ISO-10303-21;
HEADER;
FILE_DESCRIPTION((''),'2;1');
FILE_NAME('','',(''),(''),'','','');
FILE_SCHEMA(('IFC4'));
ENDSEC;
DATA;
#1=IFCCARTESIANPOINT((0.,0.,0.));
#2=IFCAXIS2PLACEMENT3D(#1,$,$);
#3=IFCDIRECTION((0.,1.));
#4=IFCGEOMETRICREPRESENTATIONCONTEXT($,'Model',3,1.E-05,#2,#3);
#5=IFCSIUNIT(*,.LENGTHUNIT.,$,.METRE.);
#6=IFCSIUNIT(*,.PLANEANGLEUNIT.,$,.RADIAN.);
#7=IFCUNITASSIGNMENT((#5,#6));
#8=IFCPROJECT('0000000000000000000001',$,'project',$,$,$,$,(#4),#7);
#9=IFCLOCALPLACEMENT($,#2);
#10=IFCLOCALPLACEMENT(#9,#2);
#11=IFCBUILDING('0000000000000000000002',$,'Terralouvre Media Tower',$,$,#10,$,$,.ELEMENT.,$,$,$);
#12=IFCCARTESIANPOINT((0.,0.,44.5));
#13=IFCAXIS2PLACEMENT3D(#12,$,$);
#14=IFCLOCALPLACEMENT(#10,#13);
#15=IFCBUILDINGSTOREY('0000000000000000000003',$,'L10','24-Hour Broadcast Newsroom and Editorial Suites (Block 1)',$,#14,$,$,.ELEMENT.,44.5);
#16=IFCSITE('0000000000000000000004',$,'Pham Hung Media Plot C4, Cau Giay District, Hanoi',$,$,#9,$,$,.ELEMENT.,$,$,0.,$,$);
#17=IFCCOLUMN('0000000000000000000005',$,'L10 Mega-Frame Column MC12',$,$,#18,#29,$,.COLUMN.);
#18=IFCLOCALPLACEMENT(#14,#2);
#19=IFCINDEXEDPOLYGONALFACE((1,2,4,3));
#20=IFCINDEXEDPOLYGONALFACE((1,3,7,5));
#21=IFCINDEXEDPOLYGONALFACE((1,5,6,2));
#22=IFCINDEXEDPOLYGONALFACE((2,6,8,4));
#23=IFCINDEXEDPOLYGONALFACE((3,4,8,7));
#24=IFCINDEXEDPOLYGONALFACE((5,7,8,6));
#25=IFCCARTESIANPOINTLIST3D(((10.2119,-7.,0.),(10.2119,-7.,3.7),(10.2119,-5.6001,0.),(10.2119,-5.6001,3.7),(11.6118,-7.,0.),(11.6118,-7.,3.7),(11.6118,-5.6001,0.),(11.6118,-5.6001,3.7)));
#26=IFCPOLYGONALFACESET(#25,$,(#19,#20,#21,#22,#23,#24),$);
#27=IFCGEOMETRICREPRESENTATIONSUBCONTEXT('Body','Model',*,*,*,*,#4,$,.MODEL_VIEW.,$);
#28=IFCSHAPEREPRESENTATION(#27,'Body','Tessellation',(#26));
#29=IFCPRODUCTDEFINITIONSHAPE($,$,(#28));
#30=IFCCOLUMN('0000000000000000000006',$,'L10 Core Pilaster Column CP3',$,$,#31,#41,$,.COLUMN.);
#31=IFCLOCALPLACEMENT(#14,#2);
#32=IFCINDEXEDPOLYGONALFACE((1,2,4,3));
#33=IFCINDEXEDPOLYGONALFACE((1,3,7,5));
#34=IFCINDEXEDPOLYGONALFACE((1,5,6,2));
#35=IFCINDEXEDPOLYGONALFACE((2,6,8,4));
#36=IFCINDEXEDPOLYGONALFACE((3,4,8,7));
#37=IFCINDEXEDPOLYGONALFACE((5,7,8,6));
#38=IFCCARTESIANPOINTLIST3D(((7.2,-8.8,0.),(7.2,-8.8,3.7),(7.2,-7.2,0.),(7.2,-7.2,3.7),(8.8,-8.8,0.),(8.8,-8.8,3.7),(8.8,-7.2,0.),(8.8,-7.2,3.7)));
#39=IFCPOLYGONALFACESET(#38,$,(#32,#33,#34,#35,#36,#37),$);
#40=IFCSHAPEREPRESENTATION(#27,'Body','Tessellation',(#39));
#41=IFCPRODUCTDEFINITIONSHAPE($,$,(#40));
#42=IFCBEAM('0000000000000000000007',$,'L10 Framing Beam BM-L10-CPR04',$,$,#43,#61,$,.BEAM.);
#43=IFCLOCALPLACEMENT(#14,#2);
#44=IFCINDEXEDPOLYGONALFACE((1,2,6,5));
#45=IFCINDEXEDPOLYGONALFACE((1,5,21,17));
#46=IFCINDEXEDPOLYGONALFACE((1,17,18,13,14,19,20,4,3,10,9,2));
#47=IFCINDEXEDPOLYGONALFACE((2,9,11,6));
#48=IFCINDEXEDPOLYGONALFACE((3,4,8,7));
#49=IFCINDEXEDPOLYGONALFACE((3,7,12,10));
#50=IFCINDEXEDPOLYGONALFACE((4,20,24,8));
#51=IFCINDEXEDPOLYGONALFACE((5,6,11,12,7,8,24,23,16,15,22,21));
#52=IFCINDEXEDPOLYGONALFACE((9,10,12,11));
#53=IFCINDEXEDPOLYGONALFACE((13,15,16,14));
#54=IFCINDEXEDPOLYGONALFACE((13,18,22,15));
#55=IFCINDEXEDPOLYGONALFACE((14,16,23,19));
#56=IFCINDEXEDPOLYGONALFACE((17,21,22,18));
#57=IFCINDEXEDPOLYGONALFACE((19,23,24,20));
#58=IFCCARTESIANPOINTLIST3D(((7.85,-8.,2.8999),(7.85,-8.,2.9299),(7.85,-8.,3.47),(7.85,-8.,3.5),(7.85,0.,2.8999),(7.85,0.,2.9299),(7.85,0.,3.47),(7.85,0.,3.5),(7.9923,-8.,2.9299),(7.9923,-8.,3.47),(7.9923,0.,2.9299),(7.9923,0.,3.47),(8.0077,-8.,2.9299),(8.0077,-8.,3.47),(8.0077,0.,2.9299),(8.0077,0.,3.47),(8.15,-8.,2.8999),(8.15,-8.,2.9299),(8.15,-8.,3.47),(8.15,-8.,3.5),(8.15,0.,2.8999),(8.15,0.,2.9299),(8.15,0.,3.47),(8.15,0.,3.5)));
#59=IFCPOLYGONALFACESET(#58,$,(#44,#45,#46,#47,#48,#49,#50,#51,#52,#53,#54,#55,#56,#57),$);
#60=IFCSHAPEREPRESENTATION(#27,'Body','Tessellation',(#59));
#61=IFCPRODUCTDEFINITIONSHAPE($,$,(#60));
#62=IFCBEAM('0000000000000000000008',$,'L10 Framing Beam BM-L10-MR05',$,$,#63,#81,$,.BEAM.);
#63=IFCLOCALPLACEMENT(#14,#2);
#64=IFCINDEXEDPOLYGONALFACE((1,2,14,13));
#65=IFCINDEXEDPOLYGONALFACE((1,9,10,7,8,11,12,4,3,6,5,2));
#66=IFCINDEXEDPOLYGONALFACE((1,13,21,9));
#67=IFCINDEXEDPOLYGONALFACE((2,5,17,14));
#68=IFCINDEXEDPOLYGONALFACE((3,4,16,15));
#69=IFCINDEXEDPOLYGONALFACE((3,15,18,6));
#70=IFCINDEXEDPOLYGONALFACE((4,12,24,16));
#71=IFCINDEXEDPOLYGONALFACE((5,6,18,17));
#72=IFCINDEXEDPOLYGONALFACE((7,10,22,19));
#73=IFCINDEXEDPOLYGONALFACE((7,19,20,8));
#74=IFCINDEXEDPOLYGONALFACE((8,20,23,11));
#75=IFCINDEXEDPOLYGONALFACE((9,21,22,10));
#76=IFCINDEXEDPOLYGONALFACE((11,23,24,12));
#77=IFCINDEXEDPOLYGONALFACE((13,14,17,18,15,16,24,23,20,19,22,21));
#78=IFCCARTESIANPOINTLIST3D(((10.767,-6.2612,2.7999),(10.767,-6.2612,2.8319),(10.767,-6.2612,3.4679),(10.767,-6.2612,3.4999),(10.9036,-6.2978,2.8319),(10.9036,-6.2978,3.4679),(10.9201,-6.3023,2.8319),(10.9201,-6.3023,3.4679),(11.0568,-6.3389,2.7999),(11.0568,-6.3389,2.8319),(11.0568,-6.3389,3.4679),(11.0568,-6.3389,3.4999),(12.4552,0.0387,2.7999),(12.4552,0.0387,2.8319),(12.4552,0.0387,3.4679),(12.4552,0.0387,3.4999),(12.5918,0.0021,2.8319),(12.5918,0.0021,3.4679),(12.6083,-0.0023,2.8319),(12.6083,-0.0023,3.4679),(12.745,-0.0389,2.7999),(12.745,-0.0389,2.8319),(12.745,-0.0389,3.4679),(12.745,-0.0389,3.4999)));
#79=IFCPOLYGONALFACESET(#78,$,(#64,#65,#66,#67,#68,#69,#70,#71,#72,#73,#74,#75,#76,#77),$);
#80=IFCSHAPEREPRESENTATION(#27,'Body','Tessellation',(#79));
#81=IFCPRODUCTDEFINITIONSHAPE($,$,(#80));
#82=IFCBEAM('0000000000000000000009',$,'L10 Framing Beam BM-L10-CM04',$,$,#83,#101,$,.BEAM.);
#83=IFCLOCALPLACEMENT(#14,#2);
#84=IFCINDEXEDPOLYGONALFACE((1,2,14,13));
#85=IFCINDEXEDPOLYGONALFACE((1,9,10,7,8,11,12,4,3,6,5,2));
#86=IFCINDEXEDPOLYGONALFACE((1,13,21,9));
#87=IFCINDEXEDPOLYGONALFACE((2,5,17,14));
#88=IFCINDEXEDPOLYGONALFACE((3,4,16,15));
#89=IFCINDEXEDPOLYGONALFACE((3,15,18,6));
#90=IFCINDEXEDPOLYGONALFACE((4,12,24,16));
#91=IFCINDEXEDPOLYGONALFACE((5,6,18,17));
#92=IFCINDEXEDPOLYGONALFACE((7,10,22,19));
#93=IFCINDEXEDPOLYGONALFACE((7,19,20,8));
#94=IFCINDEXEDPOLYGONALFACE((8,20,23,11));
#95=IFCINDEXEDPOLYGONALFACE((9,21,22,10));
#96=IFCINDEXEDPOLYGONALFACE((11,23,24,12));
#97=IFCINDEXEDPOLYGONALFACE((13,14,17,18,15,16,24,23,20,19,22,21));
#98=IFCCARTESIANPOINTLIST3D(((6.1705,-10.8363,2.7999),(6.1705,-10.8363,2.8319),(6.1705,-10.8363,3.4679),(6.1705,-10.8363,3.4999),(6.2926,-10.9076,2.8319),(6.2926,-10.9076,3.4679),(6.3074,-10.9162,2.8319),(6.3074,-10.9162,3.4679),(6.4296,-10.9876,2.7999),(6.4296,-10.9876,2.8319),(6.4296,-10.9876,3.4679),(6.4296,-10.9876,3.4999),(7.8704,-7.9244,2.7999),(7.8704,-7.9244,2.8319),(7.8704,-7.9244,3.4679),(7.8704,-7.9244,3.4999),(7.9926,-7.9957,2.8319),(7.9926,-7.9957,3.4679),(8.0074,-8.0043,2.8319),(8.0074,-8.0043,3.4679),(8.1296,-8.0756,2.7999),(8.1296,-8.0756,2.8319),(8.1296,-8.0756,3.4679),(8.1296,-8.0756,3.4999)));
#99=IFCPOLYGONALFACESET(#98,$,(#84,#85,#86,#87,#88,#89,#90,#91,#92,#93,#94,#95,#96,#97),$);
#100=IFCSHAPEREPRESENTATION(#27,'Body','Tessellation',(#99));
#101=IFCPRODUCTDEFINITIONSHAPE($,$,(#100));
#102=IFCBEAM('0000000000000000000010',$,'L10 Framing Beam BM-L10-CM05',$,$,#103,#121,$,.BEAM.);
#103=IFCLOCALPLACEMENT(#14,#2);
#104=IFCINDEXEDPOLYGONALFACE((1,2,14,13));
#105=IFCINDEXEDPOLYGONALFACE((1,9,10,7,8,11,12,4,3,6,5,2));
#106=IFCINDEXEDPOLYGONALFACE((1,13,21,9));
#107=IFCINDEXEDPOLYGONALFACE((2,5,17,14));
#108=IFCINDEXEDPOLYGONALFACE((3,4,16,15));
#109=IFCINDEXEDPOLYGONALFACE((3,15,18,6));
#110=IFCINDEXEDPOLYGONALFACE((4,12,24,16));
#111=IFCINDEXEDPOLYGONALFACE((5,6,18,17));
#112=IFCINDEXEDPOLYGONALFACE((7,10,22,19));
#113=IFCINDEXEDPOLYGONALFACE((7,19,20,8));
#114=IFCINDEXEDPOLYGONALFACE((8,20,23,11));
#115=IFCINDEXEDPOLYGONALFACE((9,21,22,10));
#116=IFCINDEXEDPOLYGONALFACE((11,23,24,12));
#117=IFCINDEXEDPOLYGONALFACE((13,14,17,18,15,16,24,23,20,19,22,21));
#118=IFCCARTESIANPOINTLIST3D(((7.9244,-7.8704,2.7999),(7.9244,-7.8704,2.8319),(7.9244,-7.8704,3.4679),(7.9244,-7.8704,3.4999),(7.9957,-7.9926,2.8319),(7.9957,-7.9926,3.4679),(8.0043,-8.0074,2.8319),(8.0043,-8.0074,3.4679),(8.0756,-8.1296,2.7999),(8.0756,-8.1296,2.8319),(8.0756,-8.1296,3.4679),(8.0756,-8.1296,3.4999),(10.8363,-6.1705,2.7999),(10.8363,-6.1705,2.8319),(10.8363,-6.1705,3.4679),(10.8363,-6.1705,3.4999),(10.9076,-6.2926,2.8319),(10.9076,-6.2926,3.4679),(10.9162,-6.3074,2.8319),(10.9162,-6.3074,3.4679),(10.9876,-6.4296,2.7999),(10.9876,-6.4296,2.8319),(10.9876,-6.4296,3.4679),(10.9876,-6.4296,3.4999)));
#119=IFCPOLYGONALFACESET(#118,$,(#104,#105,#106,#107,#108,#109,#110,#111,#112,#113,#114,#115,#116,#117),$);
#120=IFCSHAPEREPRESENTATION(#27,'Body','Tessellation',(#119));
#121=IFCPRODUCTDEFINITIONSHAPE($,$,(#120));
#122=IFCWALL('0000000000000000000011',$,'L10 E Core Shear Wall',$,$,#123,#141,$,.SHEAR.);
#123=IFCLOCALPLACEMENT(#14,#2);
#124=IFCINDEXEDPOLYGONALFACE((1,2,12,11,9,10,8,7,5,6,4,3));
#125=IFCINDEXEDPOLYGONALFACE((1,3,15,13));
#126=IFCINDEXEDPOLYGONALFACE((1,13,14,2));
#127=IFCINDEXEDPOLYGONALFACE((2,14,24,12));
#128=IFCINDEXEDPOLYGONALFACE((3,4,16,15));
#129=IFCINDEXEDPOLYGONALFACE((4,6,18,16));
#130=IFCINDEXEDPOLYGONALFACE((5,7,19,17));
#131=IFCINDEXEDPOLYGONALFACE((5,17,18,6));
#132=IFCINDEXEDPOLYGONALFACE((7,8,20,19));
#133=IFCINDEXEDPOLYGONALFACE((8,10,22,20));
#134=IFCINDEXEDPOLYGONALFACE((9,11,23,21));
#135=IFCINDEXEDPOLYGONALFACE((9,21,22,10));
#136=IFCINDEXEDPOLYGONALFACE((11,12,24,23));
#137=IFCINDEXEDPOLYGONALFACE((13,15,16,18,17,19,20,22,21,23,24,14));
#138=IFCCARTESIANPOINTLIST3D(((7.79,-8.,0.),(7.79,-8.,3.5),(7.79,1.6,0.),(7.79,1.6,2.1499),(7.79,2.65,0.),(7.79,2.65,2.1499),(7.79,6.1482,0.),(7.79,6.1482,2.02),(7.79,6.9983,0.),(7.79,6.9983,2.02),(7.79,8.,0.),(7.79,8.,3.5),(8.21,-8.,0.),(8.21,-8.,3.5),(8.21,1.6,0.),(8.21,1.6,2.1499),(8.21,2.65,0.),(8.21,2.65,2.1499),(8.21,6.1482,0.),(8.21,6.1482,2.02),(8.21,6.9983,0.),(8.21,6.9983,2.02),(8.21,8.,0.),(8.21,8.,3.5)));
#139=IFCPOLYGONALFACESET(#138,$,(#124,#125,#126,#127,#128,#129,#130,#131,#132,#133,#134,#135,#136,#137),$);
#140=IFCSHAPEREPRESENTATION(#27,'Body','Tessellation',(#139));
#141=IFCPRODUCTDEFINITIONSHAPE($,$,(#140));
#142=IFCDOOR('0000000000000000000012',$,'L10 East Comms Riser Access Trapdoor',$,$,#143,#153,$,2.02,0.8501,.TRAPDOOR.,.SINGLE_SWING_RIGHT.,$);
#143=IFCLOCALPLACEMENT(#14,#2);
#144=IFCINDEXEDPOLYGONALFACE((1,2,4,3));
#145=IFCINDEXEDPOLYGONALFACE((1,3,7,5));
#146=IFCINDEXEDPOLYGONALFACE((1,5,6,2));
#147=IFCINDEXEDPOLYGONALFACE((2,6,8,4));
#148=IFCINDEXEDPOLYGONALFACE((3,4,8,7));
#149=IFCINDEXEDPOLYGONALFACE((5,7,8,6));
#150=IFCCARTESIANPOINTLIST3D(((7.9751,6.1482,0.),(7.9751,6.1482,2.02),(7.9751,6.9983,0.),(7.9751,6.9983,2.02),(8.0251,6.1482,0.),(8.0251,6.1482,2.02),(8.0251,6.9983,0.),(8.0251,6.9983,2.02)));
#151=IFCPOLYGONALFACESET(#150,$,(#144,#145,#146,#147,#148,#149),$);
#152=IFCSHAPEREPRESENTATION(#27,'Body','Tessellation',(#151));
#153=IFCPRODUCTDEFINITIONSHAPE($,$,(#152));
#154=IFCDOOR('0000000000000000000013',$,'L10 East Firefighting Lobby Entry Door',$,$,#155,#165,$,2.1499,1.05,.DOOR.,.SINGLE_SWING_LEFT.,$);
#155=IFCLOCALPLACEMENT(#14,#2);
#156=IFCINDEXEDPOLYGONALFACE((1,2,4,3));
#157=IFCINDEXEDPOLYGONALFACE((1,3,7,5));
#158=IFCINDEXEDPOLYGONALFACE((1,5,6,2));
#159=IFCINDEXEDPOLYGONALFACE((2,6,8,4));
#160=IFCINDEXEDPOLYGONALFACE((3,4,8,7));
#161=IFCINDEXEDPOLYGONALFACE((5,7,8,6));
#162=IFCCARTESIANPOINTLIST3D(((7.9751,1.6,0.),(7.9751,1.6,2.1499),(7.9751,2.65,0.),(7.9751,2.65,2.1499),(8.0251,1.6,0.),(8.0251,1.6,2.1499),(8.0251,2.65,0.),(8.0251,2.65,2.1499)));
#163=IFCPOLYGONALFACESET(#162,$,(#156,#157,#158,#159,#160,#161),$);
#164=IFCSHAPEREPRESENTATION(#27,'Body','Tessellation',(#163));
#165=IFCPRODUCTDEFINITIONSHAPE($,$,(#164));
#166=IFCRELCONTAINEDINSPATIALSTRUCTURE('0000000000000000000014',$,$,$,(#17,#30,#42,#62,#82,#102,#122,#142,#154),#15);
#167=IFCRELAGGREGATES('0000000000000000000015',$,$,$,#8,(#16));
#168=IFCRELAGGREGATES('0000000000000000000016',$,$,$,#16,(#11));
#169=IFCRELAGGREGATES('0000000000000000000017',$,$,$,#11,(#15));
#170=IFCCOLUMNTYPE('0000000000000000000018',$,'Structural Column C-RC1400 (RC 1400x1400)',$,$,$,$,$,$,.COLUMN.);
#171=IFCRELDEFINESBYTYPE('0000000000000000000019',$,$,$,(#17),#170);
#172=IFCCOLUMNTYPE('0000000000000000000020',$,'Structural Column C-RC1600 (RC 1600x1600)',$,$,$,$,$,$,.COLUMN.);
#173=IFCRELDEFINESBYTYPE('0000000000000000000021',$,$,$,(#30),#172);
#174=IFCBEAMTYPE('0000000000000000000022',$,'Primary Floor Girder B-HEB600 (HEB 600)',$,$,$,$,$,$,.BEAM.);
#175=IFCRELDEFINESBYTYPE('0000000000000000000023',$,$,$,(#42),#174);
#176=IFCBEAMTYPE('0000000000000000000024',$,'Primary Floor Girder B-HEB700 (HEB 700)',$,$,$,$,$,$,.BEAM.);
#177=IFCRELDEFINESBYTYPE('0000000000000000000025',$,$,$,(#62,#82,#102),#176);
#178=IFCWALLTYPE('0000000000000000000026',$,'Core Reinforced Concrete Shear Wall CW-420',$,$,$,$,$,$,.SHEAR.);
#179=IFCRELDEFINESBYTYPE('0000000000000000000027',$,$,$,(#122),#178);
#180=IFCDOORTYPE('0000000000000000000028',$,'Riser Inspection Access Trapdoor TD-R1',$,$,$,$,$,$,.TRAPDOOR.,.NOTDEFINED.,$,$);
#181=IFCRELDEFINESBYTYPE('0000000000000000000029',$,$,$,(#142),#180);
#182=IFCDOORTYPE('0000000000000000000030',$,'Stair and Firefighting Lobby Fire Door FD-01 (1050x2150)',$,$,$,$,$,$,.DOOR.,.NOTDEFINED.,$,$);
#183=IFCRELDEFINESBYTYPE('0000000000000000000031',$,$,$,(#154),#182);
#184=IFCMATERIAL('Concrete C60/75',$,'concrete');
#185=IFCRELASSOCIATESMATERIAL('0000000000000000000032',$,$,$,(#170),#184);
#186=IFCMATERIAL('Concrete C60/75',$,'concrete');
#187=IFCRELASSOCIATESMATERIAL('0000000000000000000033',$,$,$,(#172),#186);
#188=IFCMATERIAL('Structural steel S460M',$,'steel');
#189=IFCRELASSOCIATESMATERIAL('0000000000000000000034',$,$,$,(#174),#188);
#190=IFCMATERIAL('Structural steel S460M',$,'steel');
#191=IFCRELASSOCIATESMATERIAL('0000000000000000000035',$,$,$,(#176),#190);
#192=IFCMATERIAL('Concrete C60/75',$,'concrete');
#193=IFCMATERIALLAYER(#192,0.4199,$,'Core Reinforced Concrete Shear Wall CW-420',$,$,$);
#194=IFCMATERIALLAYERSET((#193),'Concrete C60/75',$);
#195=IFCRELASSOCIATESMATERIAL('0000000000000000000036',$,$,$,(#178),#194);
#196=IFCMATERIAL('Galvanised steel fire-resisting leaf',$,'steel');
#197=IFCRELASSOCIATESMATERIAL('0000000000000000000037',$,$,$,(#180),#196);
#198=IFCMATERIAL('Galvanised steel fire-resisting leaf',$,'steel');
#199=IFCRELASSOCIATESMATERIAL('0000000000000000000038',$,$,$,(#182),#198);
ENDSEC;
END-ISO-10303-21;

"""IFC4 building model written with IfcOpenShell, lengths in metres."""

from ifc_helpers import new_model, si_unit, direction, frame, frame_2d, origin, origin_2d, place, context, subcontext, project, spatial, rectangle, i_section, extrude, material, layer, layer_set, material_profile, profile_set, type_object, element, fill, save


model = new_model("IFC4")

# Units and contexts
model_context = context("Model", 3, precision=1e-05, world=origin(), true_north=direction((0.0, 1.0)))
body_context = subcontext(model_context, "Body", "Model", "MODEL_VIEW")
ifc_project = project(units=[si_unit("LENGTHUNIT", "METRE"), si_unit("PLANEANGLEUNIT", "RADIAN")], contexts=[model_context])

# Site, building, storey
site_placement = place(None, origin())
site = spatial("IfcSite", under=ifc_project, at=site_placement, Name="Pham Hung Media Plot C4, Cau Giay District, Hanoi", CompositionType="ELEMENT", RefElevation=0.0)
building_placement = place(site_placement, origin())
building = spatial("IfcBuilding", under=site, at=building_placement, Name="Terralouvre Media Tower", CompositionType="ELEMENT")
storey_placement = place(building_placement, frame((0.0, 0.0, 44.5)))
storey = spatial("IfcBuildingStorey", under=building, at=storey_placement, Name="L10", Description="24-Hour Broadcast Newsroom and Editorial Suites (Block 1)", CompositionType="ELEMENT", Elevation=44.5)

# Columns
ifc_material_1 = material(Name="Concrete C60/75", Category="concrete")
ifc_material_profile_1 = material_profile(ifc_material_1, rectangle(XDim=1.3999, YDim=1.3999, at=origin_2d()), Name="RC 1400x1400")
ifc_profile_set_1 = profile_set([ifc_material_profile_1], Name="Concrete C60/75")
column_type_1 = type_object("IfcColumnType", Name="Structural Column C-RC1400 (RC 1400x1400)", PredefinedType="COLUMN", material=ifc_profile_set_1)
column_1_placement = place(storey_placement, frame((10.9119, -6.3, 0.0), z_axis=(0.0, 0.0, 1.0), x_axis=(1.0, 0.0, 0.0)))
element("IfcColumn", 1, at=column_1_placement, inside=storey, type_object=column_type_1, Name="L10 Mega-Frame Column MC12", PredefinedType="COLUMN", context=body_context, shape_type="SweptSolid", body=[
    extrude(rectangle(XDim=1.3999, YDim=1.3999, at=origin_2d()), origin(), (0.0, 0.0, 1.0), 3.7),
])
ifc_material_2 = material(Name="Concrete C60/75", Category="concrete")
ifc_material_profile_2 = material_profile(ifc_material_2, rectangle(XDim=1.6001, YDim=1.6001, at=origin_2d()), Name="RC 1600x1600")
ifc_profile_set_2 = profile_set([ifc_material_profile_2], Name="Concrete C60/75")
column_type_2 = type_object("IfcColumnType", Name="Structural Column C-RC1600 (RC 1600x1600)", PredefinedType="COLUMN", material=ifc_profile_set_2)
column_2_placement = place(storey_placement, frame((8.0, -8.0, 0.0), z_axis=(0.0, 0.0, 1.0), x_axis=(1.0, 0.0, 0.0)))
element("IfcColumn", 2, at=column_2_placement, inside=storey, type_object=column_type_2, Name="L10 Core Pilaster Column CP3", PredefinedType="COLUMN", context=body_context, shape_type="SweptSolid", body=[
    extrude(rectangle(XDim=1.6001, YDim=1.6001, at=origin_2d()), origin(), (0.0, 0.0, 1.0), 3.7),
])

# Beams
ifc_material_3 = material(Name="Structural steel S460M", Category="steel")
ifc_material_profile_3 = material_profile(ifc_material_3, i_section(OverallWidth=0.3, OverallDepth=0.6001, WebThickness=0.0154, FlangeThickness=0.03, at=origin_2d()), Name="HEB 600")
ifc_profile_set_3 = profile_set([ifc_material_profile_3], Name="Structural steel S460M")
beam_type_1 = type_object("IfcBeamType", Name="Primary Floor Girder B-HEB600 (HEB 600)", PredefinedType="BEAM", material=ifc_profile_set_3)
beam_1_placement = place(storey_placement, frame((8.0, -8.0, 3.2), z_axis=(0.0, 1.0, 0.0), x_axis=(-1.0, 0.0, 0.0)))
element("IfcBeam", 3, at=beam_1_placement, inside=storey, type_object=beam_type_1, Name="L10 Framing Beam BM-L10-CPR04", PredefinedType="BEAM", context=body_context, shape_type="SweptSolid", body=[
    extrude(i_section(OverallWidth=0.3, OverallDepth=0.6001, WebThickness=0.0154, FlangeThickness=0.03, at=origin_2d()), origin(), (0.0, 0.0, 1.0), 8.0),
])
ifc_material_4 = material(Name="Structural steel S460M", Category="steel")
ifc_material_profile_4 = material_profile(ifc_material_4, i_section(OverallWidth=0.3, OverallDepth=0.7, WebThickness=0.0171, FlangeThickness=0.032, at=origin_2d()), Name="HEB 700")
ifc_profile_set_4 = profile_set([ifc_material_profile_4], Name="Structural steel S460M")
beam_type_2 = type_object("IfcBeamType", Name="Primary Floor Girder B-HEB700 (HEB 700)", PredefinedType="BEAM", material=ifc_profile_set_4)
beam_2_placement = place(storey_placement, frame((10.9119, -6.3, 3.1499), z_axis=(0.258839, 0.96592, 0.0), x_axis=(-0.96592, 0.258839, 0.0)))
element("IfcBeam", 4, at=beam_2_placement, inside=storey, type_object=beam_type_2, Name="L10 Framing Beam BM-L10-MR05", PredefinedType="BEAM", context=body_context, shape_type="SweptSolid", body=[
    extrude(i_section(OverallWidth=0.3, OverallDepth=0.7, WebThickness=0.0171, FlangeThickness=0.032, at=origin_2d()), origin(), (0.0, 0.0, 1.0), 6.5222),
])
for number, where, z_axis, x_axis, name in (
    (5, (8.0, -8.0, 3.1499), (-0.504173, -0.863603, 0.0), (0.863603, -0.504173, 0.0), "L10 Framing Beam BM-L10-CM04"),
    (6, (8.0, -8.0, 3.1499), (0.863603, 0.504173, 0.0), (-0.504173, 0.863603, 0.0), "L10 Framing Beam BM-L10-CM05"),
):
    element("IfcBeam", number, at=place(storey_placement, frame(where, z_axis=z_axis, x_axis=x_axis)), inside=storey, type_object=beam_type_2, Name=name, PredefinedType="BEAM", context=body_context, shape_type="SweptSolid", body=[
        extrude(i_section(OverallWidth=0.3, OverallDepth=0.7, WebThickness=0.0171, FlangeThickness=0.032, at=origin_2d()), origin(), (0.0, 0.0, 1.0), 3.3718),
    ])

# Wall, openings, doors
ifc_material_5 = material(Name="Concrete C60/75", Category="concrete")
ifc_layer_1 = layer(ifc_material_5, 0.4199, Name="Core Reinforced Concrete Shear Wall CW-420")
ifc_layer_set_1 = layer_set([ifc_layer_1], Name="Concrete C60/75")
wall_type_1 = type_object("IfcWallType", Name="Core Reinforced Concrete Shear Wall CW-420", PredefinedType="SHEAR", material=ifc_layer_set_1)
wall_1_placement = place(storey_placement, frame((8.0, -8.0, 0.0), z_axis=(0.0, 0.0, 1.0), x_axis=(0.0, 1.0, 0.0)))
wall_1 = element("IfcWall", 7, at=wall_1_placement, inside=storey, type_object=wall_type_1, Name="L10 E Core Shear Wall", PredefinedType="SHEAR", context=body_context, shape_type="SweptSolid", body=[
    extrude(rectangle(XDim=16.0, YDim=0.4199, at=frame_2d((8.0, 0.0))), origin(), (0.0, 0.0, 1.0), 3.5),
])
opening_1_placement = place(wall_1_placement, frame((9.6001, 0.0, 0.0)))
opening_1 = element("IfcOpeningElement", 8, at=opening_1_placement, cuts=wall_1, PredefinedType="OPENING", context=body_context, shape_type="SweptSolid", body=[
    extrude(rectangle(XDim=1.05, YDim=2.1499, at=frame_2d((0.5249, 1.075))), frame((0.0, 0.22, 0.0), z_axis=(0.0, -1.0, 0.0), x_axis=(1.0, 0.0, 0.0)), (0.0, 0.0, 1.0), 0.4399),
])
opening_2_placement = place(wall_1_placement, frame((14.1482, 0.0, 0.0)))
opening_2 = element("IfcOpeningElement", 9, at=opening_2_placement, cuts=wall_1, PredefinedType="OPENING", context=body_context, shape_type="SweptSolid", body=[
    extrude(rectangle(XDim=0.8501, YDim=2.02, at=frame_2d((0.425, 1.01))), frame((0.0, 0.22, 0.0), z_axis=(0.0, -1.0, 0.0), x_axis=(1.0, 0.0, 0.0)), (0.0, 0.0, 1.0), 0.4399),
])
ifc_material_6 = material(Name="Galvanised steel fire-resisting leaf", Category="steel")
door_type_1 = type_object("IfcDoorType", Name="Riser Inspection Access Trapdoor TD-R1", OperationType="NOTDEFINED", PredefinedType="TRAPDOOR", material=ifc_material_6)
door_1_placement = place(opening_2_placement, origin())
door_1 = element("IfcDoor", 10, at=door_1_placement, inside=storey, type_object=door_type_1, Name="L10 East Comms Riser Access Trapdoor", OperationType="SINGLE_SWING_RIGHT", OverallHeight=2.02, OverallWidth=0.8501, PredefinedType="TRAPDOOR", context=body_context, shape_type="SweptSolid", body=[
    extrude(rectangle(XDim=0.8501, YDim=2.02, at=frame_2d((0.425, 1.01))), frame((0.0, 0.0249, 0.0), z_axis=(0.0, -1.0, 0.0), x_axis=(1.0, 0.0, 0.0)), (0.0, 0.0, 1.0), 0.05),
])
fill(opening_2, door_1)
ifc_material_7 = material(Name="Galvanised steel fire-resisting leaf", Category="steel")
door_type_2 = type_object("IfcDoorType", Name="Stair and Firefighting Lobby Fire Door FD-01 (1050x2150)", OperationType="NOTDEFINED", PredefinedType="DOOR", material=ifc_material_7)
door_2_placement = place(opening_1_placement, origin())
door_2 = element("IfcDoor", 11, at=door_2_placement, inside=storey, type_object=door_type_2, Name="L10 East Firefighting Lobby Entry Door", OperationType="SINGLE_SWING_LEFT", OverallHeight=2.1499, OverallWidth=1.05, PredefinedType="DOOR", context=body_context, shape_type="SweptSolid", body=[
    extrude(rectangle(XDim=1.05, YDim=2.1499, at=frame_2d((0.5249, 1.075))), frame((0.0, 0.0249, 0.0), z_axis=(0.0, -1.0, 0.0), x_axis=(1.0, 0.0, 0.0)), (0.0, 0.0, 1.0), 0.05),
])
fill(opening_1, door_2)

save(model, "model.ifc")
